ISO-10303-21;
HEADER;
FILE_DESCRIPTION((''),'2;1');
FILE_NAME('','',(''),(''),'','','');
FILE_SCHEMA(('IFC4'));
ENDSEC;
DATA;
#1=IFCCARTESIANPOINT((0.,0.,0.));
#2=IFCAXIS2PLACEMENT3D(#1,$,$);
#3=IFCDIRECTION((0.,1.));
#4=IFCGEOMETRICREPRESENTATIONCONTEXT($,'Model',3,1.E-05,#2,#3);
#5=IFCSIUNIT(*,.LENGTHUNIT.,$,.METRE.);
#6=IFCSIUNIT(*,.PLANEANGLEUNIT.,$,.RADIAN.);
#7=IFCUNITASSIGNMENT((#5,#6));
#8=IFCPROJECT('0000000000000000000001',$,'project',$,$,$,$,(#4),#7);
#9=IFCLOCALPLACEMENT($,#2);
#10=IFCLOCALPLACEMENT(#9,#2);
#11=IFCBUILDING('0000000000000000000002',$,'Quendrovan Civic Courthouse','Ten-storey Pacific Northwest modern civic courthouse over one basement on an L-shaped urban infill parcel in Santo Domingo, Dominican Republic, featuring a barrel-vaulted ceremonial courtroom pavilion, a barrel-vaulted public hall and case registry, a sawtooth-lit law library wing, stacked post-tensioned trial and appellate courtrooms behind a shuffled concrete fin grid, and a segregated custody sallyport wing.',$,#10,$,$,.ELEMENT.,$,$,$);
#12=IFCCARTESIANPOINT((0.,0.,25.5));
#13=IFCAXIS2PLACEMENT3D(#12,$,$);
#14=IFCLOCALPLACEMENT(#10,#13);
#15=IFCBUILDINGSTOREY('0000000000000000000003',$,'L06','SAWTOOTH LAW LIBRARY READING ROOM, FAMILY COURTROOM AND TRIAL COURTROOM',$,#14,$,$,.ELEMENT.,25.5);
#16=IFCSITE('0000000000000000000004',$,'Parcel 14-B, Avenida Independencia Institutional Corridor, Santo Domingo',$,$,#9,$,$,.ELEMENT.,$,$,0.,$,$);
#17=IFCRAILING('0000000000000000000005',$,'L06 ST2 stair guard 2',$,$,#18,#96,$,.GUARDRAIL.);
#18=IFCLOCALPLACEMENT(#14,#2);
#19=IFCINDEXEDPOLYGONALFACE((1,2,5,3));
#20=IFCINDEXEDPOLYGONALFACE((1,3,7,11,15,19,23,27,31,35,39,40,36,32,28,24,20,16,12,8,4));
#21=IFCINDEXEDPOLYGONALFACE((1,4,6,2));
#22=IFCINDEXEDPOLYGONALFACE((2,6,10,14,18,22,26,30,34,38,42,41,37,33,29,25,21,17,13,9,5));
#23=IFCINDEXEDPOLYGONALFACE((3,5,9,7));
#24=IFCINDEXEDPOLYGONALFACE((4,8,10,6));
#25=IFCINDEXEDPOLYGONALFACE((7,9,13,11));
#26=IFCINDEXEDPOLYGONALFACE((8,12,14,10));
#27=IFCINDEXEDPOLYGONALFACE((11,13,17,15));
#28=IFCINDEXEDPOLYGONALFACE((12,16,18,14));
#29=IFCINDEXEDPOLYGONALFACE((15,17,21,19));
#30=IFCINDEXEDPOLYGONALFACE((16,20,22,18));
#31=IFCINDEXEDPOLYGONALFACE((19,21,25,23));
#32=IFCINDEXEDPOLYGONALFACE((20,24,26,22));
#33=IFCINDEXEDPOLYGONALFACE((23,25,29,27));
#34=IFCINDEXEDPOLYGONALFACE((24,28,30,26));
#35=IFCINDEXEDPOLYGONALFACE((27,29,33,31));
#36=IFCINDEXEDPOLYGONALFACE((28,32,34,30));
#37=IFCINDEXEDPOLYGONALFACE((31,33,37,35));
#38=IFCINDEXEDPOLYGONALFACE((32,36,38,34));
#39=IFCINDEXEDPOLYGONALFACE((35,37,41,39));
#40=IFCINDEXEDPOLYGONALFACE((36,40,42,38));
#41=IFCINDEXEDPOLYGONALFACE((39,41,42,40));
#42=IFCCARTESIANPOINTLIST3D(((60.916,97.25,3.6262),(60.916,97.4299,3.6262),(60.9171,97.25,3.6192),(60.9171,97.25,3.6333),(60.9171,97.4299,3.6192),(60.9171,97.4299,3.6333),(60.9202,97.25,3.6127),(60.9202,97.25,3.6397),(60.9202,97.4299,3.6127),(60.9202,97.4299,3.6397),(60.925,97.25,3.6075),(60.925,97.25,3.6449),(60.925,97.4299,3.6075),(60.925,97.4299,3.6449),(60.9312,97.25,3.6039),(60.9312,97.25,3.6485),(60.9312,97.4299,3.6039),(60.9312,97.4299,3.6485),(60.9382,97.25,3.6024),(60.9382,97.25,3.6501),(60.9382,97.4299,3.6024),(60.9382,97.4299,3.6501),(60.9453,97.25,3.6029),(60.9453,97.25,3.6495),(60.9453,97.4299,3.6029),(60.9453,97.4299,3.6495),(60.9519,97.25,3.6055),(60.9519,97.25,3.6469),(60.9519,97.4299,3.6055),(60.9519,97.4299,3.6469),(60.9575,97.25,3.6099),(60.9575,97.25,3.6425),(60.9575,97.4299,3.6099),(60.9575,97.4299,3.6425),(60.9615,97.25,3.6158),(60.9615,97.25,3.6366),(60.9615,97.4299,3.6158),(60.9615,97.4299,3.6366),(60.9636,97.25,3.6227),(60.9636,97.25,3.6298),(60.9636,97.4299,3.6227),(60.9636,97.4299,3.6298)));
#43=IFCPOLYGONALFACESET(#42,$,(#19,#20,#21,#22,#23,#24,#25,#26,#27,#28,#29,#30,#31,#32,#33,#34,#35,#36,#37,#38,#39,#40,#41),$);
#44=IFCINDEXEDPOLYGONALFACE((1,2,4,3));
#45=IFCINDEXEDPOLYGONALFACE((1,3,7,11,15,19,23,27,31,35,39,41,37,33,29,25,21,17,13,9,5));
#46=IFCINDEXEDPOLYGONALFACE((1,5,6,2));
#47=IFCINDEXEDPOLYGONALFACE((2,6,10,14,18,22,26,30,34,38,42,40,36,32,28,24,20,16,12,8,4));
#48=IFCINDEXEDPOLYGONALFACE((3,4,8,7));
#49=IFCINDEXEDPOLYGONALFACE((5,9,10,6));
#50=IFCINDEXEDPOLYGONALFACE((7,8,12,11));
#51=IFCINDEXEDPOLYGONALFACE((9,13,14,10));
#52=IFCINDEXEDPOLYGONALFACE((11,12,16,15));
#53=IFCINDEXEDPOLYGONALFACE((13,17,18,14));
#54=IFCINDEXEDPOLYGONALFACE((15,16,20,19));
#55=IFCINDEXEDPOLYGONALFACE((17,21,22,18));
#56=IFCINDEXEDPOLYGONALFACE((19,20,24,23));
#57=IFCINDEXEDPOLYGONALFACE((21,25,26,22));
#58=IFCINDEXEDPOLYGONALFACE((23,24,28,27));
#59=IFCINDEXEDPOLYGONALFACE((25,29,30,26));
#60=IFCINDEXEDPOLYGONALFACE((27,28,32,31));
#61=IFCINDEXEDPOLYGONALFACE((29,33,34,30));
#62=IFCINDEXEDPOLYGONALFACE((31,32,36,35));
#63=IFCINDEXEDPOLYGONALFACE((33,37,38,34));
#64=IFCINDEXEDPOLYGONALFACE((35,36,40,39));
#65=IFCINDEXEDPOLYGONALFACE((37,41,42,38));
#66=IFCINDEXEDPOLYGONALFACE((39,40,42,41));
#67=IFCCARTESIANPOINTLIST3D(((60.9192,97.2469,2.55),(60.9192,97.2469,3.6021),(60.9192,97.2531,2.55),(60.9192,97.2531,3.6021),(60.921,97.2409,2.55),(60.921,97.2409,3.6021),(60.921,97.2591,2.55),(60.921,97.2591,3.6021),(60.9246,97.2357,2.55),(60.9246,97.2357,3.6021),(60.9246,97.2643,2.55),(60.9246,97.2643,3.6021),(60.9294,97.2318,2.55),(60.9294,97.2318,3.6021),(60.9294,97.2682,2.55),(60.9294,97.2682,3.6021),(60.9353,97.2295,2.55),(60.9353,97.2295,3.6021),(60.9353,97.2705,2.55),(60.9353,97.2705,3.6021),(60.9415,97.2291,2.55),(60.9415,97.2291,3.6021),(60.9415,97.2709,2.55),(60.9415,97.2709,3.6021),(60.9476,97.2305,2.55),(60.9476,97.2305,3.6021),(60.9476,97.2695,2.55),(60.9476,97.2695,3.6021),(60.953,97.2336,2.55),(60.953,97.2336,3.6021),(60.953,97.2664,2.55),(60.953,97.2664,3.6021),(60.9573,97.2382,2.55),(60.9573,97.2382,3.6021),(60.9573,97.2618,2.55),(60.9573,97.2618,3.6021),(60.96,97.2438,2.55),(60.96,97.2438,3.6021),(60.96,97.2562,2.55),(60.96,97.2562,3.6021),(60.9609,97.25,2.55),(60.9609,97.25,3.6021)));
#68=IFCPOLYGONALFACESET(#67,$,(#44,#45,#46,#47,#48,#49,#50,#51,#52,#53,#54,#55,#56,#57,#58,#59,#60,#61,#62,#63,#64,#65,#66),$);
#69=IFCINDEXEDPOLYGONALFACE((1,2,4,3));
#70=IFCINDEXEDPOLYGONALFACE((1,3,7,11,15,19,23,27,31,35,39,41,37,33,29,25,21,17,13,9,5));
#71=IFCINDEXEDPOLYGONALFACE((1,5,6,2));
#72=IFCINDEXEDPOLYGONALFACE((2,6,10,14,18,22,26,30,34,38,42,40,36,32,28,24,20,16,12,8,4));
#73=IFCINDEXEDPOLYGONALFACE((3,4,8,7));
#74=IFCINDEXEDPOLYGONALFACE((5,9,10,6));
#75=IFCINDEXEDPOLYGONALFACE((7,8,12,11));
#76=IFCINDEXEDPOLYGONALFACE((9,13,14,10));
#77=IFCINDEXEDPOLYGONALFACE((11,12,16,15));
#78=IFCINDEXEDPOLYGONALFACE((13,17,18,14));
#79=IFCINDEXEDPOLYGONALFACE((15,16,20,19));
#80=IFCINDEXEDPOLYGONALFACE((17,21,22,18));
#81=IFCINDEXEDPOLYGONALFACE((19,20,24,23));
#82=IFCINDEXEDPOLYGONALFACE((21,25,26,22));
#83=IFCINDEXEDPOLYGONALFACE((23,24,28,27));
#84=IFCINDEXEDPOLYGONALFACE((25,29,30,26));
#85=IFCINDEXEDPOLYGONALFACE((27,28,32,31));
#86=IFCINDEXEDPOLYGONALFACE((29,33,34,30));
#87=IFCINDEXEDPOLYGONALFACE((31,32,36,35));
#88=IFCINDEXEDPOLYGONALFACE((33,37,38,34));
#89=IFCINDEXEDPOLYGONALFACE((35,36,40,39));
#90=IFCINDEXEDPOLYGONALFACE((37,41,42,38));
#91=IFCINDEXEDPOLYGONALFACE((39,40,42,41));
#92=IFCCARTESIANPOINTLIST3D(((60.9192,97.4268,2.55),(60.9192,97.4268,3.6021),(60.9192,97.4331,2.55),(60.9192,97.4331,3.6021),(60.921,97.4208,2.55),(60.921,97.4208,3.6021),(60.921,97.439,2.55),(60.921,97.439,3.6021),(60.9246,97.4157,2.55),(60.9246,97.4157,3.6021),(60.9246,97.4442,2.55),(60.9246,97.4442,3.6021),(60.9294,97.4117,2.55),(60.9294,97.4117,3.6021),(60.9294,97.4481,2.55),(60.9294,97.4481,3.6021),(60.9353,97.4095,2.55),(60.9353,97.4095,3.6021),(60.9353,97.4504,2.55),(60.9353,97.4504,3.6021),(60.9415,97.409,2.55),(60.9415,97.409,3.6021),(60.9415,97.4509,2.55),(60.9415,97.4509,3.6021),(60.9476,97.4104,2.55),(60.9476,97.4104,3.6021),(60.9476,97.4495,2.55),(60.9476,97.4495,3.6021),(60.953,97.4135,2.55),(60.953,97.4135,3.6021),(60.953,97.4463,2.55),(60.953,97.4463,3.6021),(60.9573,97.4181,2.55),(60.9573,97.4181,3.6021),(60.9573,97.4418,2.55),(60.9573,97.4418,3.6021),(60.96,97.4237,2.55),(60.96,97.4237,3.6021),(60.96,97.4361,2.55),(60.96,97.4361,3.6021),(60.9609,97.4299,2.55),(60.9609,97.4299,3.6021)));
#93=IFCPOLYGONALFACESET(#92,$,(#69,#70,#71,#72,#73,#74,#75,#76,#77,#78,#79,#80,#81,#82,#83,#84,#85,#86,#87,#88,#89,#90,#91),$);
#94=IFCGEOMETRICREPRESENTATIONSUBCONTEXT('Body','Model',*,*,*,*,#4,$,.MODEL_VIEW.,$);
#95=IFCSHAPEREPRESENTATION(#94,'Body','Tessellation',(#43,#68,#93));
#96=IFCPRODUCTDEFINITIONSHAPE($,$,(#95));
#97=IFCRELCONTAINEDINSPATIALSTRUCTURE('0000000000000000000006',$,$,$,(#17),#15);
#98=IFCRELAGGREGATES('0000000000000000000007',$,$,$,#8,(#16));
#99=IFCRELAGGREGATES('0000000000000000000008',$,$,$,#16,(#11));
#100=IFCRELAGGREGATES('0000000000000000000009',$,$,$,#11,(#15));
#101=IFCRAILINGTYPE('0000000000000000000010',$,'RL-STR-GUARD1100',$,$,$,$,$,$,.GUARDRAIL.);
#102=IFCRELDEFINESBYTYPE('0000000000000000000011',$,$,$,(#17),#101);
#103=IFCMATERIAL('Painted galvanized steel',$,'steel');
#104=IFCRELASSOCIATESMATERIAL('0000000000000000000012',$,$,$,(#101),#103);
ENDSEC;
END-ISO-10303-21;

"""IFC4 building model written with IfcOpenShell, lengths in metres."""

from ifc_helpers import new_model, si_unit, direction, frame, origin, origin_2d, place, context, subcontext, project, spatial, circle, extrude, material, type_object, element, save


model = new_model("IFC4")

# Units and contexts
model_context = context("Model", 3, precision=1e-05, world=origin(), true_north=direction((0.0, 1.0)))
body_context = subcontext(model_context, "Body", "Model", "MODEL_VIEW")
ifc_project = project(units=[si_unit("LENGTHUNIT", "METRE"), si_unit("PLANEANGLEUNIT", "RADIAN")], contexts=[model_context])

# Site, building, storey
site_placement = place(None, origin())
site = spatial("IfcSite", under=ifc_project, at=site_placement, Name="Parcel 14-B, Avenida Independencia Institutional Corridor, Santo Domingo", CompositionType="ELEMENT", RefElevation=0.0)
building_placement = place(site_placement, origin())
building = spatial("IfcBuilding", under=site, at=building_placement, Name="Quendrovan Civic Courthouse", Description="Ten-storey Pacific Northwest modern civic courthouse over one basement on an L-shaped urban infill parcel in Santo Domingo, Dominican Republic, featuring a barrel-vaulted ceremonial courtroom pavilion, a barrel-vaulted public hall and case registry, a sawtooth-lit law library wing, stacked post-tensioned trial and appellate courtrooms behind a shuffled concrete fin grid, and a segregated custody sallyport wing.", CompositionType="ELEMENT")
storey_placement = place(building_placement, frame((0.0, 0.0, 25.5)))
storey = spatial("IfcBuildingStorey", under=building, at=storey_placement, Name="L06", Description="SAWTOOTH LAW LIBRARY READING ROOM, FAMILY COURTROOM AND TRIAL COURTROOM", CompositionType="ELEMENT", Elevation=25.5)

# Railing
ifc_material_1 = material(Name="Painted galvanized steel", Category="steel")
railing_type_1 = type_object("IfcRailingType", Name="RL-STR-GUARD1100", PredefinedType="GUARDRAIL", material=ifc_material_1)
railing_1_placement = place(storey_placement, frame((60.9399, 97.25, 2.55)))
element("IfcRailing", 1, at=railing_1_placement, inside=storey, type_object=railing_type_1, Name="L06 ST2 stair guard 2", PredefinedType="GUARDRAIL", context=body_context, shape_type="SweptSolid", body=[
    extrude(circle(Radius=0.0239, at=origin_2d()), frame((0.0, 0.0, 1.0762), z_axis=(0.0, 1.0, 0.0), x_axis=(-1.0, 0.0, 0.0)), (0.0, 0.0, 1.0), 0.1799),
    extrude(circle(Radius=0.021, at=origin_2d()), origin(), (0.0, 0.0, 1.0), 1.052),
    extrude(circle(Radius=0.021, at=origin_2d()), frame((0.0, 0.1799, 0.0)), (0.0, 0.0, 1.0), 1.052),
])

save(model, "model.ifc")
